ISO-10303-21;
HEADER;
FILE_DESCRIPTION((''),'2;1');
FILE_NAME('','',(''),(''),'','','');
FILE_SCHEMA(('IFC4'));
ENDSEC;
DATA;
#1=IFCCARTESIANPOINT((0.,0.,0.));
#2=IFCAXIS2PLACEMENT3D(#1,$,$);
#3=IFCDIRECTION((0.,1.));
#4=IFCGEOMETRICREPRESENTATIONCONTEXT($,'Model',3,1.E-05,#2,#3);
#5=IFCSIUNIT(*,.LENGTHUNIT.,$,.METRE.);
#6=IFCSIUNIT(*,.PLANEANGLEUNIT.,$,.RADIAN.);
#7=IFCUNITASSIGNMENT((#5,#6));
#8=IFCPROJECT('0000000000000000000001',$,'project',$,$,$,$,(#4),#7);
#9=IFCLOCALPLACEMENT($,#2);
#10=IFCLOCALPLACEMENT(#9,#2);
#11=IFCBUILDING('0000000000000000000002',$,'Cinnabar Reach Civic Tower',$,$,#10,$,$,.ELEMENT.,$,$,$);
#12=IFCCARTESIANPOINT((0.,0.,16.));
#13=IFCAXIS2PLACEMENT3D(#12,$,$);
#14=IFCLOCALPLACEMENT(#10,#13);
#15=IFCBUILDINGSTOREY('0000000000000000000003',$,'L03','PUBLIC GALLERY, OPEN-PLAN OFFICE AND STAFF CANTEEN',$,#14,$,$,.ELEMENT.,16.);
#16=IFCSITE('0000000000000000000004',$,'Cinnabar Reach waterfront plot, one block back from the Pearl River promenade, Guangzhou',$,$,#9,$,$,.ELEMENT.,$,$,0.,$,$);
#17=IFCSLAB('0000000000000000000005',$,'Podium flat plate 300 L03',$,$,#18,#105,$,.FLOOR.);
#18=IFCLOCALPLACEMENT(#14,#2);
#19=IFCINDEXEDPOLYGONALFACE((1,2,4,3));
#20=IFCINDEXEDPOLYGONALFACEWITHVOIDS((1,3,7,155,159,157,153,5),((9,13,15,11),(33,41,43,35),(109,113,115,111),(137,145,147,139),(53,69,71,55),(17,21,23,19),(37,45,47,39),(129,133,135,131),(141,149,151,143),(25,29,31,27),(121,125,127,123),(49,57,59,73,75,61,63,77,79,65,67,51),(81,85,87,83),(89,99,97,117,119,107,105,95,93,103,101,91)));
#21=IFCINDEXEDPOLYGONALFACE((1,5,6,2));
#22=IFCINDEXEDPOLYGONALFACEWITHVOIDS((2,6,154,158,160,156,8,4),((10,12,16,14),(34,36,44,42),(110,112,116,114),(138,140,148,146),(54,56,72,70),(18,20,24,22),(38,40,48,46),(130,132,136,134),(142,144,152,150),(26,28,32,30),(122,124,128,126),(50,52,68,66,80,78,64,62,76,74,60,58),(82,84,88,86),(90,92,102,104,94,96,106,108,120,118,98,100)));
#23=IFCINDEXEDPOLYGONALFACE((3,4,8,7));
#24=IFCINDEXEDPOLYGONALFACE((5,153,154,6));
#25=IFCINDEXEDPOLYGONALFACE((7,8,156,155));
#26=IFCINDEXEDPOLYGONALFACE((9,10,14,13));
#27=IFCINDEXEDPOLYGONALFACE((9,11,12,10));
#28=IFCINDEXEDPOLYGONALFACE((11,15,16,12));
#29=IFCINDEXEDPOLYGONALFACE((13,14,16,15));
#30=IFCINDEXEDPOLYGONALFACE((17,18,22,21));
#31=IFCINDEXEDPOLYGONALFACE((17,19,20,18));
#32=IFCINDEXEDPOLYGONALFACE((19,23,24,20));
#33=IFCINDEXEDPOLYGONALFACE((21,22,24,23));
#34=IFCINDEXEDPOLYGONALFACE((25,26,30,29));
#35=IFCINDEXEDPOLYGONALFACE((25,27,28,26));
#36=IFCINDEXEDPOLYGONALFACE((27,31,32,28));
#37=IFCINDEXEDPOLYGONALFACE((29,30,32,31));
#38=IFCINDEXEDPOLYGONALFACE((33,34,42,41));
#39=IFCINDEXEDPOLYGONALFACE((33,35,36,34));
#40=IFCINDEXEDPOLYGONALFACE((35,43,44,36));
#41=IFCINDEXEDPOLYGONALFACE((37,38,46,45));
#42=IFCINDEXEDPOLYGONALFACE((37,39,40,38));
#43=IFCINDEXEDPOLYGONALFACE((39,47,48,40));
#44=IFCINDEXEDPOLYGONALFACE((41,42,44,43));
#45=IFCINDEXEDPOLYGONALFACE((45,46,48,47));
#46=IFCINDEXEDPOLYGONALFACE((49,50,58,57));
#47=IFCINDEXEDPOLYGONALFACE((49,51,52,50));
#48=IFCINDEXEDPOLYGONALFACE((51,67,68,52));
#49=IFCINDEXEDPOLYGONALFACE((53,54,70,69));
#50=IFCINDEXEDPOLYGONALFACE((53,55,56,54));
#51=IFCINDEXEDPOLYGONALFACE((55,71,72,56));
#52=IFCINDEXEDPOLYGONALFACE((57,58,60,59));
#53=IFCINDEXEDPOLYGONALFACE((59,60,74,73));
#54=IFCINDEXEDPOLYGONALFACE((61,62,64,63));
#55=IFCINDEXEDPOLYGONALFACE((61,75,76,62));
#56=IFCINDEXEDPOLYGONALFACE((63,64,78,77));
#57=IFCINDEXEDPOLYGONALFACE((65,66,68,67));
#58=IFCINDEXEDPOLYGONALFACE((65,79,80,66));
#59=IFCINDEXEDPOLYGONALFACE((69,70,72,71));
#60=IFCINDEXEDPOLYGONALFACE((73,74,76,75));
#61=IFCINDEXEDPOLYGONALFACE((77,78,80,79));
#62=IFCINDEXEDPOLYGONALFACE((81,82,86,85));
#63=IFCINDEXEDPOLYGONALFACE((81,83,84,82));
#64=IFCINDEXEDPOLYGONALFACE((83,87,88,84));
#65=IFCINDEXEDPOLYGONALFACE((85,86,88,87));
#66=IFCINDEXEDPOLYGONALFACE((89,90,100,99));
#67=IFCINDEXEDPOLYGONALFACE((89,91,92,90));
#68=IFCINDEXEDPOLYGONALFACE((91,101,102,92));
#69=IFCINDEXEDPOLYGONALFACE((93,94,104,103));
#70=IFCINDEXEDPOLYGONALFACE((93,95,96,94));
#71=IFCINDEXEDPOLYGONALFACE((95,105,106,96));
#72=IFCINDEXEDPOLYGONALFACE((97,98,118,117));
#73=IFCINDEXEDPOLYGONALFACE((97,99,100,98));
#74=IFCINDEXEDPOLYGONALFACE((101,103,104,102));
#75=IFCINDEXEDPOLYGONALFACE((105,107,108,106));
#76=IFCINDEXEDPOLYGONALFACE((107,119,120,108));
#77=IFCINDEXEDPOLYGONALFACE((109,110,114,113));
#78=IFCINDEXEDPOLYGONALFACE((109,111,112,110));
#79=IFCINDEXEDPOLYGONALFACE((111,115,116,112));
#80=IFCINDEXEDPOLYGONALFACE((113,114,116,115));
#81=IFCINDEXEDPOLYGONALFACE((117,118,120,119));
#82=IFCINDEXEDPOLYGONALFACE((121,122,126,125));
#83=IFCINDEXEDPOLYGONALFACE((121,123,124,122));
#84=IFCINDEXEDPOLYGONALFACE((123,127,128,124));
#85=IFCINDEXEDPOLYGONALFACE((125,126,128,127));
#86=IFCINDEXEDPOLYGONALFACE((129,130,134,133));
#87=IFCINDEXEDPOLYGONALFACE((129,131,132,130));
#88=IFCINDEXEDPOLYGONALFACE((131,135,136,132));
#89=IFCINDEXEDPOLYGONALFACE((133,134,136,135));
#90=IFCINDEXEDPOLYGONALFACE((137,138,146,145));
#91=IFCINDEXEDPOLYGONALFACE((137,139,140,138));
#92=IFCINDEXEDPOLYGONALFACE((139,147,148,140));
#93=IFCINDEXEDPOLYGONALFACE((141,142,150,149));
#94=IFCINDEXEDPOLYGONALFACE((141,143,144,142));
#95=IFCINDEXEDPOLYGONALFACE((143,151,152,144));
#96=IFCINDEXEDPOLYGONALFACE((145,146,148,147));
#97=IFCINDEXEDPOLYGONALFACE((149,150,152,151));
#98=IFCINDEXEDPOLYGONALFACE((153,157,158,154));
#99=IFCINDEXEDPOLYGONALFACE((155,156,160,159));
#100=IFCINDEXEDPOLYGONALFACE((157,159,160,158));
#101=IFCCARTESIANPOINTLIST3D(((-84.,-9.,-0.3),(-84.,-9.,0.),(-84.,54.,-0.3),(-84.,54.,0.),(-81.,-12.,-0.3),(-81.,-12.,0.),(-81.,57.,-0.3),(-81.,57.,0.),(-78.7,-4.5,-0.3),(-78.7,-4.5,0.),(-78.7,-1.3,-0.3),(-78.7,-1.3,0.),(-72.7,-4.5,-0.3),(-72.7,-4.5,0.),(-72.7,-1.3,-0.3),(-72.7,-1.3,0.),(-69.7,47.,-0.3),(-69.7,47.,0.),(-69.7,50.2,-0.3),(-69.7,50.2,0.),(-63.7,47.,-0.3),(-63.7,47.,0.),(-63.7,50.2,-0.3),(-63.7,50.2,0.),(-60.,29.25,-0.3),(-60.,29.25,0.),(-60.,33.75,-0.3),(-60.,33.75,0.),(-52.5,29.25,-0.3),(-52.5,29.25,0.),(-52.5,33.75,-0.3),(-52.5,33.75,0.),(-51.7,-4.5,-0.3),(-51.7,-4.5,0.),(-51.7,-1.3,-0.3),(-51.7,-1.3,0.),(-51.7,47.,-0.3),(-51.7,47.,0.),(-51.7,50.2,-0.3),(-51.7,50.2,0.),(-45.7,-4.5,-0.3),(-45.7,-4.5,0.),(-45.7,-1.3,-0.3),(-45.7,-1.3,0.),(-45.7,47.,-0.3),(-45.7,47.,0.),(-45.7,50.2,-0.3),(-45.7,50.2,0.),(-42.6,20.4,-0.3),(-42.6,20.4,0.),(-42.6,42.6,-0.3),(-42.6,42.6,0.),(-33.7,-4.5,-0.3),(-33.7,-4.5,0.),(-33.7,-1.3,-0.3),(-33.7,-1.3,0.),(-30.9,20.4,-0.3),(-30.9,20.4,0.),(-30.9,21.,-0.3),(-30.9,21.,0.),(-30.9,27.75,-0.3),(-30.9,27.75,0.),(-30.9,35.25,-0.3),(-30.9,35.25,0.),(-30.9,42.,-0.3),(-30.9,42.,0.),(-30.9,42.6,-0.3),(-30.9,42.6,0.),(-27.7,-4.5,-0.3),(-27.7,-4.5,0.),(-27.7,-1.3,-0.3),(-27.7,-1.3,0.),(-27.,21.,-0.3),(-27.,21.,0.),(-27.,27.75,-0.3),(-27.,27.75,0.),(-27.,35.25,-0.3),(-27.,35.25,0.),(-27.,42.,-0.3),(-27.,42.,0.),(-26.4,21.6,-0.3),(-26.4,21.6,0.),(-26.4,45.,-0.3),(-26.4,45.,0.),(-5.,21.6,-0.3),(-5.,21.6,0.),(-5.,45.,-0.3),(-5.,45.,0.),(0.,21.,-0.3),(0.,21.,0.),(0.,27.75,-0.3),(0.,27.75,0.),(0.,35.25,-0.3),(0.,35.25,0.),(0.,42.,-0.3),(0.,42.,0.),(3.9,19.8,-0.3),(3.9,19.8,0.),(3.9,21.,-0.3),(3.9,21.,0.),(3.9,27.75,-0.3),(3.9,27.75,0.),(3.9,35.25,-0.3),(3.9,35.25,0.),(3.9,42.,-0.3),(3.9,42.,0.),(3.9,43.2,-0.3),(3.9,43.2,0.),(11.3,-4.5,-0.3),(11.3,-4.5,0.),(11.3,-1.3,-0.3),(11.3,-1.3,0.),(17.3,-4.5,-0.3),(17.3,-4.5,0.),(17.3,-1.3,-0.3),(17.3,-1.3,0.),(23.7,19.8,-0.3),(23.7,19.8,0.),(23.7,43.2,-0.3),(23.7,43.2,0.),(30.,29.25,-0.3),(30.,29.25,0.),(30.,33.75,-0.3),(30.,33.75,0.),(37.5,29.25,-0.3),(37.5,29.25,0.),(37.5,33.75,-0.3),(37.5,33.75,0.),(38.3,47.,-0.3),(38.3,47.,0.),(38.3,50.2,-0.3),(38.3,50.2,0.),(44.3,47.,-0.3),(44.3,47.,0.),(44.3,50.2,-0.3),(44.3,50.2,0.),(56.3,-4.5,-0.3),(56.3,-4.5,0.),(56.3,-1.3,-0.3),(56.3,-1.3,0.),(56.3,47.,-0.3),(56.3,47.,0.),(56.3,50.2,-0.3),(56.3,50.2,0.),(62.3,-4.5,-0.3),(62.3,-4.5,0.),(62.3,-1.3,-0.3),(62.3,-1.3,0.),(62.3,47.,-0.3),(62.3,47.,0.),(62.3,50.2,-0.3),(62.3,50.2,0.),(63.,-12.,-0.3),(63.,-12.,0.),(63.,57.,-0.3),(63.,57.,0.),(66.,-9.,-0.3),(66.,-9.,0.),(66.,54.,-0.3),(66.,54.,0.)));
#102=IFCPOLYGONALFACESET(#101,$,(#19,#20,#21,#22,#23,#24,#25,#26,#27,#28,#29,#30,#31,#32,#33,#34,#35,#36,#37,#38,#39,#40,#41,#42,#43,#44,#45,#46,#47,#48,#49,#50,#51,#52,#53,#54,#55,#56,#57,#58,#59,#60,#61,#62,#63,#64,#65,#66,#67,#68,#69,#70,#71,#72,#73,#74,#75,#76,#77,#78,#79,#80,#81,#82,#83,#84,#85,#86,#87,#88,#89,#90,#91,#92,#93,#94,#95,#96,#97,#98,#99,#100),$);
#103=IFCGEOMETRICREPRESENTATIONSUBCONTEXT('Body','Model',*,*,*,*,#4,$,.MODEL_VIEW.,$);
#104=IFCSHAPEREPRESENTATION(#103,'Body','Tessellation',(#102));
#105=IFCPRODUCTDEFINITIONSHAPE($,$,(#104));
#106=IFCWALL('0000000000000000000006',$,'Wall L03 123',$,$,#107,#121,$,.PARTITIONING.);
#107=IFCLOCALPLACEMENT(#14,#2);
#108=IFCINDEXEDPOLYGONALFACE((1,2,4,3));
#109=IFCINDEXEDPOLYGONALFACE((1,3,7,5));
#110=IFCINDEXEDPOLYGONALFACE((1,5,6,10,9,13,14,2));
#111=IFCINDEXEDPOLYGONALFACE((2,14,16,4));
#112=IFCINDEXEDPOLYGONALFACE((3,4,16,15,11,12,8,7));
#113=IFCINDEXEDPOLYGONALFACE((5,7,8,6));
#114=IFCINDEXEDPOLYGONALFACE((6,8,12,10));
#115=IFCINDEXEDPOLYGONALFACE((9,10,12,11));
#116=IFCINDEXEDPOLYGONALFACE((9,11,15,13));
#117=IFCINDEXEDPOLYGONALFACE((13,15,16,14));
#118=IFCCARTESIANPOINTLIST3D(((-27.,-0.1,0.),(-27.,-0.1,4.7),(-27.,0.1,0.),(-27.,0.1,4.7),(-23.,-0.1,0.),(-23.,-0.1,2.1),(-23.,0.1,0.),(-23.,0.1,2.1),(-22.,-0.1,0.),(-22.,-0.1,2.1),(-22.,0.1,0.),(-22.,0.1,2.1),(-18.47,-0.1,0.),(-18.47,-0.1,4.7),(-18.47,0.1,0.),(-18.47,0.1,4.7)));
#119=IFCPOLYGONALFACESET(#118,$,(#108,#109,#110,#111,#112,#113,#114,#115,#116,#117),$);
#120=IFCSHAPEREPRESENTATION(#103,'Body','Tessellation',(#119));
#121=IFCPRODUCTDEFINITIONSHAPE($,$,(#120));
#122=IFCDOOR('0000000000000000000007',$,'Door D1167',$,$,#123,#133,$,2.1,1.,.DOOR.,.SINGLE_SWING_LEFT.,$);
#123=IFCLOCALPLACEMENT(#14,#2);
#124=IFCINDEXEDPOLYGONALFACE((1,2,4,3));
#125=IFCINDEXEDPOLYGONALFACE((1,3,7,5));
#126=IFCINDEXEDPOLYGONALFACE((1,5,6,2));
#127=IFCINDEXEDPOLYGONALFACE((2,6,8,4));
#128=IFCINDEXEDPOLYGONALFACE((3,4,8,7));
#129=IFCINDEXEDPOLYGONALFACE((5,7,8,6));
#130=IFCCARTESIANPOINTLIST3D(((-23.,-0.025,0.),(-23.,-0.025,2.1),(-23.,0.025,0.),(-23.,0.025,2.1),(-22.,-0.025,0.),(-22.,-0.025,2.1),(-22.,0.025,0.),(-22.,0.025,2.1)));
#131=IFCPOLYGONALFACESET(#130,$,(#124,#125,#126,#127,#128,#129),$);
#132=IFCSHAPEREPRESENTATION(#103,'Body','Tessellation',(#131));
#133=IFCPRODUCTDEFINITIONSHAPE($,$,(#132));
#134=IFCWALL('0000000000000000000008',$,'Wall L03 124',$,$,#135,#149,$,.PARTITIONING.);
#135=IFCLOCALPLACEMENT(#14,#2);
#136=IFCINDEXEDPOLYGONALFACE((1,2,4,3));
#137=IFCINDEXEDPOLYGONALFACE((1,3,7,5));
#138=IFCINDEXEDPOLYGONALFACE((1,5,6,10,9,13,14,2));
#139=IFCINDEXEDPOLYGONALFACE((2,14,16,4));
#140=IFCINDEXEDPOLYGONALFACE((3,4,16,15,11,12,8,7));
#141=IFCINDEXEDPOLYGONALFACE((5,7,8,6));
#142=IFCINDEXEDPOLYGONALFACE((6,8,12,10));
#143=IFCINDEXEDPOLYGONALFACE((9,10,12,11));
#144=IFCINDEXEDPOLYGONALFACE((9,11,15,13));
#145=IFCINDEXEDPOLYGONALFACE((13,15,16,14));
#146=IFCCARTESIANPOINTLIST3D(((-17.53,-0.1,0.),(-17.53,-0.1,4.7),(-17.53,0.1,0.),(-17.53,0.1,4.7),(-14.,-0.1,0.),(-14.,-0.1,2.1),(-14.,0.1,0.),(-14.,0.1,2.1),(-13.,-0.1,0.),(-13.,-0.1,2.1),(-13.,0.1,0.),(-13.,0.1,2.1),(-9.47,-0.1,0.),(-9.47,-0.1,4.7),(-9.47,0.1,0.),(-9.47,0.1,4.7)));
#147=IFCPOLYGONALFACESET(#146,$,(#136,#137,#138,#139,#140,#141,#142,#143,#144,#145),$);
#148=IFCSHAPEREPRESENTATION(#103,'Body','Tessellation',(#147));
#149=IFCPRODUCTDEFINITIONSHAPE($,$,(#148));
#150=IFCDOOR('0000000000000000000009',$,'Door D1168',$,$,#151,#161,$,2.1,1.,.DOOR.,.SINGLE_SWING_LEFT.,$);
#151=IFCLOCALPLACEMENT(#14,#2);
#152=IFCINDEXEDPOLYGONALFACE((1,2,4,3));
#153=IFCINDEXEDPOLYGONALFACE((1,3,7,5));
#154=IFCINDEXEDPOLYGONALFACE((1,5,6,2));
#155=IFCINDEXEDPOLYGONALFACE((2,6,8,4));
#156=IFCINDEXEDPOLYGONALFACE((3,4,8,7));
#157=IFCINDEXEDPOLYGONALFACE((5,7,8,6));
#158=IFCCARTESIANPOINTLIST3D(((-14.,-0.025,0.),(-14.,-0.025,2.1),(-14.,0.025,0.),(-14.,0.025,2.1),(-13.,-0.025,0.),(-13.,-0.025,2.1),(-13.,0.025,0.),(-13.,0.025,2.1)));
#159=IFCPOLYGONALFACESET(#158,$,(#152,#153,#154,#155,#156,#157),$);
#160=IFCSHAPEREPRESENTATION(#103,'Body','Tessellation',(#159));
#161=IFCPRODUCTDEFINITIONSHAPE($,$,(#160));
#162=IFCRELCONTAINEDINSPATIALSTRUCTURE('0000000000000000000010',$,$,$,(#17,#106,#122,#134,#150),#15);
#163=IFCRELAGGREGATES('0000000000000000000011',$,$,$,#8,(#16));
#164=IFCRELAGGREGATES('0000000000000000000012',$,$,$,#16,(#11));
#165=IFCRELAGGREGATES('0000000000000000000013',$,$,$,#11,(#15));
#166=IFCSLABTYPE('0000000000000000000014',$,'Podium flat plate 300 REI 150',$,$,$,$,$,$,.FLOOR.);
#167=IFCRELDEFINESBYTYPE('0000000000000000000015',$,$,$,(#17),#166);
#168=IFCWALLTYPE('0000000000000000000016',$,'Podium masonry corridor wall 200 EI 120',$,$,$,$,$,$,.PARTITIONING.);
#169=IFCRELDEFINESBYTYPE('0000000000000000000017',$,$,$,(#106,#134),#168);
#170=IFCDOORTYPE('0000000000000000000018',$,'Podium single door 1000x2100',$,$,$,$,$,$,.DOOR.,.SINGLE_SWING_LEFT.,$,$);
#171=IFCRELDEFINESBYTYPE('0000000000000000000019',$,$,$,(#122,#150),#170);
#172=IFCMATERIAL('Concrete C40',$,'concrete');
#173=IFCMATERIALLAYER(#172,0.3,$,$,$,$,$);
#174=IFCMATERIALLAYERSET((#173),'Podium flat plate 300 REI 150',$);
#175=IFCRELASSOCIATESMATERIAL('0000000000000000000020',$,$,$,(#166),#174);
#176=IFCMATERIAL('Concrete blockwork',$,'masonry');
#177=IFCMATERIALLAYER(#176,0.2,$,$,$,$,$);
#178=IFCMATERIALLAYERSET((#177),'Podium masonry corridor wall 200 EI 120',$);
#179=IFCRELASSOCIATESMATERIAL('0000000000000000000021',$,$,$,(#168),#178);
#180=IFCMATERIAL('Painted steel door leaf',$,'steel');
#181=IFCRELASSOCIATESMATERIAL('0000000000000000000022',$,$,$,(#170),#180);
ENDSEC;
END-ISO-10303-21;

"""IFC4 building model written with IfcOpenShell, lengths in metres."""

from ifc_helpers import new_model, si_unit, direction, frame, frame_2d, origin, place, context, subcontext, project, spatial, polyline, rectangle, outline, extrude, material, layer, layer_set, type_object, element, fill, save


model = new_model("IFC4")

# Units and contexts
model_context = context("Model", 3, precision=1e-05, world=origin(), true_north=direction((0.0, 1.0)))
body_context = subcontext(model_context, "Body", "Model", "MODEL_VIEW")
ifc_project = project(units=[si_unit("LENGTHUNIT", "METRE"), si_unit("PLANEANGLEUNIT", "RADIAN")], contexts=[model_context])

# Site, building, storey
site_placement = place(None, origin())
site = spatial("IfcSite", under=ifc_project, at=site_placement, Name="Cinnabar Reach waterfront plot, one block back from the Pearl River promenade, Guangzhou", CompositionType="ELEMENT", RefElevation=0.0)
building_placement = place(site_placement, origin())
building = spatial("IfcBuilding", under=site, at=building_placement, Name="Cinnabar Reach Civic Tower", CompositionType="ELEMENT")
storey_placement = place(building_placement, frame((0.0, 0.0, 16.0)))
storey = spatial("IfcBuildingStorey", under=building, at=storey_placement, Name="L03", Description="PUBLIC GALLERY, OPEN-PLAN OFFICE AND STAFF CANTEEN", CompositionType="ELEMENT", Elevation=16.0)

# Slab
ifc_material_1 = material(Name="Concrete C40", Category="concrete")
ifc_layer_1 = layer(ifc_material_1, 0.3)
ifc_layer_set_1 = layer_set([ifc_layer_1], Name="Podium flat plate 300 REI 150")
slab_type_1 = type_object("IfcSlabType", Name="Podium flat plate 300 REI 150", PredefinedType="FLOOR", material=ifc_layer_set_1)
slab_1_placement = place(storey_placement, frame((0.0, 0.0, -0.3)))
element("IfcSlab", 1, at=slab_1_placement, inside=storey, type_object=slab_type_1, Name="Podium flat plate 300 L03", PredefinedType="FLOOR", context=body_context, shape_type="SweptSolid", body=[
    extrude(outline(polyline([(-84.0, -9.0), (-84.0, 54.0), (-81.0, 57.0), (63.0, 57.0), (66.0, 54.0), (66.0, -9.0), (63.0, -12.0), (-81.0, -12.0), (-84.0, -9.0)]), holes=[polyline([(-78.7, -1.3), (-78.7, -4.5), (-72.7, -4.5), (-72.7, -1.3), (-78.7, -1.3)]), polyline([(-45.7, -1.3), (-51.7, -1.3), (-51.7, -4.5), (-45.7, -4.5), (-45.7, -1.3)]), polyline([(-27.7, -1.3), (-33.7, -1.3), (-33.7, -4.5), (-27.7, -4.5), (-27.7, -1.3)]), polyline([(-52.5, 33.75), (-60.0, 33.75), (-60.0, 29.25), (-52.5, 29.25), (-52.5, 33.75)]), polyline([(-42.6, 20.4), (-30.9, 20.4), (-30.9, 21.0), (-27.0, 21.0), (-27.0, 27.75), (-30.9, 27.75), (-30.9, 35.25), (-27.0, 35.25), (-27.0, 42.0), (-30.9, 42.0), (-30.9, 42.6), (-42.6, 42.6), (-42.6, 20.4)]), polyline([(-63.7, 50.2), (-69.7, 50.2), (-69.7, 47.0), (-63.7, 47.0), (-63.7, 50.2)]), polyline([(-45.7, 50.2), (-51.7, 50.2), (-51.7, 47.0), (-45.7, 47.0), (-45.7, 50.2)]), polyline([(11.3, -1.3), (11.3, -4.5), (17.3, -4.5), (17.3, -1.3), (11.3, -1.3)]), polyline([(62.3, -1.3), (56.3, -1.3), (56.3, -4.5), (62.3, -4.5), (62.3, -1.3)]), polyline([(3.9, 42.0), (0.0, 42.0), (0.0, 35.25), (3.9, 35.25), (3.9, 27.75), (0.0, 27.75), (0.0, 21.0), (3.9, 21.0), (3.9, 19.8), (23.7, 19.8), (23.7, 43.2), (3.9, 43.2), (3.9, 42.0)]), polyline([(37.5, 33.75), (30.0, 33.75), (30.0, 29.25), (37.5, 29.25), (37.5, 33.75)]), polyline([(-5.0, 45.0), (-26.4, 45.0), (-26.4, 21.6), (-5.0, 21.6), (-5.0, 45.0)]), polyline([(44.3, 47.0), (44.3, 50.2), (38.3, 50.2), (38.3, 47.0), (44.3, 47.0)]), polyline([(62.3, 47.0), (62.3, 50.2), (56.3, 50.2), (56.3, 47.0), (62.3, 47.0)])]), origin(), (0.0, 0.0, 1.0), 0.3),
])

# Walls, openings, doors
ifc_material_2 = material(Name="Concrete blockwork", Category="masonry")
ifc_layer_2 = layer(ifc_material_2, 0.2)
ifc_layer_set_2 = layer_set([ifc_layer_2], Name="Podium masonry corridor wall 200 EI 120")
wall_type_1 = type_object("IfcWallType", Name="Podium masonry corridor wall 200 EI 120", PredefinedType="PARTITIONING", material=ifc_layer_set_2)
wall_1_placement = place(storey_placement, frame((-27.0, 0.0, 0.0), z_axis=(0.0, 0.0, 1.0), x_axis=(1.0, 0.0, 0.0)))
wall_1 = element("IfcWall", 2, at=wall_1_placement, inside=storey, type_object=wall_type_1, Name="Wall L03 123", PredefinedType="PARTITIONING", context=body_context, shape_type="SweptSolid", body=[
    extrude(rectangle(XDim=8.53, YDim=0.2, at=frame_2d((4.265, 0.0))), origin(), (0.0, 0.0, 1.0), 4.7),
])
opening_1_placement = place(wall_1_placement, frame((4.0, 0.0, 0.0)))
opening_1 = element("IfcOpeningElement", 3, at=opening_1_placement, cuts=wall_1, PredefinedType="OPENING", context=body_context, shape_type="SweptSolid", body=[
    extrude(rectangle(XDim=1.0, YDim=2.1, at=frame_2d((0.5, 1.05))), frame((0.0, 0.11, 0.0), z_axis=(0.0, -1.0, 0.0), x_axis=(1.0, 0.0, 0.0)), (0.0, 0.0, 1.0), 0.22),
])
ifc_material_3 = material(Name="Painted steel door leaf", Category="steel")
door_type = type_object("IfcDoorType", Name="Podium single door 1000x2100", OperationType="SINGLE_SWING_LEFT", PredefinedType="DOOR", material=ifc_material_3)
door_1_placement = place(opening_1_placement, frame((1.0, 0.0, 0.0), z_axis=(0.0, 0.0, 1.0), x_axis=(-1.0, 0.0, 0.0)))
door_1 = element("IfcDoor", 4, at=door_1_placement, inside=storey, type_object=door_type, Name="Door D1167", OperationType="SINGLE_SWING_LEFT", OverallHeight=2.1, OverallWidth=1.0, PredefinedType="DOOR", context=body_context, shape_type="SweptSolid", body=[
    extrude(rectangle(XDim=1.0, YDim=2.1, at=frame_2d((0.5, 1.05))), frame((0.0, 0.025, 0.0), z_axis=(0.0, -1.0, 0.0), x_axis=(1.0, 0.0, 0.0)), (0.0, 0.0, 1.0), 0.05),
])
fill(opening_1, door_1)
wall_2_placement = place(storey_placement, frame((-17.53, 0.0, 0.0), z_axis=(0.0, 0.0, 1.0), x_axis=(1.0, 0.0, 0.0)))
wall_2 = element("IfcWall", 5, at=wall_2_placement, inside=storey, type_object=wall_type_1, Name="Wall L03 124", PredefinedType="PARTITIONING", context=body_context, shape_type="SweptSolid", body=[
    extrude(rectangle(XDim=8.06, YDim=0.2, at=frame_2d((4.03, 0.0))), origin(), (0.0, 0.0, 1.0), 4.7),
])
opening_2_placement = place(wall_2_placement, frame((3.53, 0.0, 0.0)))
opening_2 = element("IfcOpeningElement", 6, at=opening_2_placement, cuts=wall_2, PredefinedType="OPENING", context=body_context, shape_type="SweptSolid", body=[
    extrude(rectangle(XDim=1.0, YDim=2.1, at=frame_2d((0.5, 1.05))), frame((0.0, 0.11, 0.0), z_axis=(0.0, -1.0, 0.0), x_axis=(1.0, 0.0, 0.0)), (0.0, 0.0, 1.0), 0.22),
])
door_2_placement = place(opening_2_placement, frame((1.0, 0.0, 0.0), z_axis=(0.0, 0.0, 1.0), x_axis=(-1.0, 0.0, 0.0)))
door_2 = element("IfcDoor", 7, at=door_2_placement, inside=storey, type_object=door_type, Name="Door D1168", OperationType="SINGLE_SWING_LEFT", OverallHeight=2.1, OverallWidth=1.0, PredefinedType="DOOR", context=body_context, shape_type="SweptSolid", body=[
    extrude(rectangle(XDim=1.0, YDim=2.1, at=frame_2d((0.5, 1.05))), frame((0.0, 0.025, 0.0), z_axis=(0.0, -1.0, 0.0), x_axis=(1.0, 0.0, 0.0)), (0.0, 0.0, 1.0), 0.05),
])
fill(opening_2, door_2)

save(model, "model.ifc")
